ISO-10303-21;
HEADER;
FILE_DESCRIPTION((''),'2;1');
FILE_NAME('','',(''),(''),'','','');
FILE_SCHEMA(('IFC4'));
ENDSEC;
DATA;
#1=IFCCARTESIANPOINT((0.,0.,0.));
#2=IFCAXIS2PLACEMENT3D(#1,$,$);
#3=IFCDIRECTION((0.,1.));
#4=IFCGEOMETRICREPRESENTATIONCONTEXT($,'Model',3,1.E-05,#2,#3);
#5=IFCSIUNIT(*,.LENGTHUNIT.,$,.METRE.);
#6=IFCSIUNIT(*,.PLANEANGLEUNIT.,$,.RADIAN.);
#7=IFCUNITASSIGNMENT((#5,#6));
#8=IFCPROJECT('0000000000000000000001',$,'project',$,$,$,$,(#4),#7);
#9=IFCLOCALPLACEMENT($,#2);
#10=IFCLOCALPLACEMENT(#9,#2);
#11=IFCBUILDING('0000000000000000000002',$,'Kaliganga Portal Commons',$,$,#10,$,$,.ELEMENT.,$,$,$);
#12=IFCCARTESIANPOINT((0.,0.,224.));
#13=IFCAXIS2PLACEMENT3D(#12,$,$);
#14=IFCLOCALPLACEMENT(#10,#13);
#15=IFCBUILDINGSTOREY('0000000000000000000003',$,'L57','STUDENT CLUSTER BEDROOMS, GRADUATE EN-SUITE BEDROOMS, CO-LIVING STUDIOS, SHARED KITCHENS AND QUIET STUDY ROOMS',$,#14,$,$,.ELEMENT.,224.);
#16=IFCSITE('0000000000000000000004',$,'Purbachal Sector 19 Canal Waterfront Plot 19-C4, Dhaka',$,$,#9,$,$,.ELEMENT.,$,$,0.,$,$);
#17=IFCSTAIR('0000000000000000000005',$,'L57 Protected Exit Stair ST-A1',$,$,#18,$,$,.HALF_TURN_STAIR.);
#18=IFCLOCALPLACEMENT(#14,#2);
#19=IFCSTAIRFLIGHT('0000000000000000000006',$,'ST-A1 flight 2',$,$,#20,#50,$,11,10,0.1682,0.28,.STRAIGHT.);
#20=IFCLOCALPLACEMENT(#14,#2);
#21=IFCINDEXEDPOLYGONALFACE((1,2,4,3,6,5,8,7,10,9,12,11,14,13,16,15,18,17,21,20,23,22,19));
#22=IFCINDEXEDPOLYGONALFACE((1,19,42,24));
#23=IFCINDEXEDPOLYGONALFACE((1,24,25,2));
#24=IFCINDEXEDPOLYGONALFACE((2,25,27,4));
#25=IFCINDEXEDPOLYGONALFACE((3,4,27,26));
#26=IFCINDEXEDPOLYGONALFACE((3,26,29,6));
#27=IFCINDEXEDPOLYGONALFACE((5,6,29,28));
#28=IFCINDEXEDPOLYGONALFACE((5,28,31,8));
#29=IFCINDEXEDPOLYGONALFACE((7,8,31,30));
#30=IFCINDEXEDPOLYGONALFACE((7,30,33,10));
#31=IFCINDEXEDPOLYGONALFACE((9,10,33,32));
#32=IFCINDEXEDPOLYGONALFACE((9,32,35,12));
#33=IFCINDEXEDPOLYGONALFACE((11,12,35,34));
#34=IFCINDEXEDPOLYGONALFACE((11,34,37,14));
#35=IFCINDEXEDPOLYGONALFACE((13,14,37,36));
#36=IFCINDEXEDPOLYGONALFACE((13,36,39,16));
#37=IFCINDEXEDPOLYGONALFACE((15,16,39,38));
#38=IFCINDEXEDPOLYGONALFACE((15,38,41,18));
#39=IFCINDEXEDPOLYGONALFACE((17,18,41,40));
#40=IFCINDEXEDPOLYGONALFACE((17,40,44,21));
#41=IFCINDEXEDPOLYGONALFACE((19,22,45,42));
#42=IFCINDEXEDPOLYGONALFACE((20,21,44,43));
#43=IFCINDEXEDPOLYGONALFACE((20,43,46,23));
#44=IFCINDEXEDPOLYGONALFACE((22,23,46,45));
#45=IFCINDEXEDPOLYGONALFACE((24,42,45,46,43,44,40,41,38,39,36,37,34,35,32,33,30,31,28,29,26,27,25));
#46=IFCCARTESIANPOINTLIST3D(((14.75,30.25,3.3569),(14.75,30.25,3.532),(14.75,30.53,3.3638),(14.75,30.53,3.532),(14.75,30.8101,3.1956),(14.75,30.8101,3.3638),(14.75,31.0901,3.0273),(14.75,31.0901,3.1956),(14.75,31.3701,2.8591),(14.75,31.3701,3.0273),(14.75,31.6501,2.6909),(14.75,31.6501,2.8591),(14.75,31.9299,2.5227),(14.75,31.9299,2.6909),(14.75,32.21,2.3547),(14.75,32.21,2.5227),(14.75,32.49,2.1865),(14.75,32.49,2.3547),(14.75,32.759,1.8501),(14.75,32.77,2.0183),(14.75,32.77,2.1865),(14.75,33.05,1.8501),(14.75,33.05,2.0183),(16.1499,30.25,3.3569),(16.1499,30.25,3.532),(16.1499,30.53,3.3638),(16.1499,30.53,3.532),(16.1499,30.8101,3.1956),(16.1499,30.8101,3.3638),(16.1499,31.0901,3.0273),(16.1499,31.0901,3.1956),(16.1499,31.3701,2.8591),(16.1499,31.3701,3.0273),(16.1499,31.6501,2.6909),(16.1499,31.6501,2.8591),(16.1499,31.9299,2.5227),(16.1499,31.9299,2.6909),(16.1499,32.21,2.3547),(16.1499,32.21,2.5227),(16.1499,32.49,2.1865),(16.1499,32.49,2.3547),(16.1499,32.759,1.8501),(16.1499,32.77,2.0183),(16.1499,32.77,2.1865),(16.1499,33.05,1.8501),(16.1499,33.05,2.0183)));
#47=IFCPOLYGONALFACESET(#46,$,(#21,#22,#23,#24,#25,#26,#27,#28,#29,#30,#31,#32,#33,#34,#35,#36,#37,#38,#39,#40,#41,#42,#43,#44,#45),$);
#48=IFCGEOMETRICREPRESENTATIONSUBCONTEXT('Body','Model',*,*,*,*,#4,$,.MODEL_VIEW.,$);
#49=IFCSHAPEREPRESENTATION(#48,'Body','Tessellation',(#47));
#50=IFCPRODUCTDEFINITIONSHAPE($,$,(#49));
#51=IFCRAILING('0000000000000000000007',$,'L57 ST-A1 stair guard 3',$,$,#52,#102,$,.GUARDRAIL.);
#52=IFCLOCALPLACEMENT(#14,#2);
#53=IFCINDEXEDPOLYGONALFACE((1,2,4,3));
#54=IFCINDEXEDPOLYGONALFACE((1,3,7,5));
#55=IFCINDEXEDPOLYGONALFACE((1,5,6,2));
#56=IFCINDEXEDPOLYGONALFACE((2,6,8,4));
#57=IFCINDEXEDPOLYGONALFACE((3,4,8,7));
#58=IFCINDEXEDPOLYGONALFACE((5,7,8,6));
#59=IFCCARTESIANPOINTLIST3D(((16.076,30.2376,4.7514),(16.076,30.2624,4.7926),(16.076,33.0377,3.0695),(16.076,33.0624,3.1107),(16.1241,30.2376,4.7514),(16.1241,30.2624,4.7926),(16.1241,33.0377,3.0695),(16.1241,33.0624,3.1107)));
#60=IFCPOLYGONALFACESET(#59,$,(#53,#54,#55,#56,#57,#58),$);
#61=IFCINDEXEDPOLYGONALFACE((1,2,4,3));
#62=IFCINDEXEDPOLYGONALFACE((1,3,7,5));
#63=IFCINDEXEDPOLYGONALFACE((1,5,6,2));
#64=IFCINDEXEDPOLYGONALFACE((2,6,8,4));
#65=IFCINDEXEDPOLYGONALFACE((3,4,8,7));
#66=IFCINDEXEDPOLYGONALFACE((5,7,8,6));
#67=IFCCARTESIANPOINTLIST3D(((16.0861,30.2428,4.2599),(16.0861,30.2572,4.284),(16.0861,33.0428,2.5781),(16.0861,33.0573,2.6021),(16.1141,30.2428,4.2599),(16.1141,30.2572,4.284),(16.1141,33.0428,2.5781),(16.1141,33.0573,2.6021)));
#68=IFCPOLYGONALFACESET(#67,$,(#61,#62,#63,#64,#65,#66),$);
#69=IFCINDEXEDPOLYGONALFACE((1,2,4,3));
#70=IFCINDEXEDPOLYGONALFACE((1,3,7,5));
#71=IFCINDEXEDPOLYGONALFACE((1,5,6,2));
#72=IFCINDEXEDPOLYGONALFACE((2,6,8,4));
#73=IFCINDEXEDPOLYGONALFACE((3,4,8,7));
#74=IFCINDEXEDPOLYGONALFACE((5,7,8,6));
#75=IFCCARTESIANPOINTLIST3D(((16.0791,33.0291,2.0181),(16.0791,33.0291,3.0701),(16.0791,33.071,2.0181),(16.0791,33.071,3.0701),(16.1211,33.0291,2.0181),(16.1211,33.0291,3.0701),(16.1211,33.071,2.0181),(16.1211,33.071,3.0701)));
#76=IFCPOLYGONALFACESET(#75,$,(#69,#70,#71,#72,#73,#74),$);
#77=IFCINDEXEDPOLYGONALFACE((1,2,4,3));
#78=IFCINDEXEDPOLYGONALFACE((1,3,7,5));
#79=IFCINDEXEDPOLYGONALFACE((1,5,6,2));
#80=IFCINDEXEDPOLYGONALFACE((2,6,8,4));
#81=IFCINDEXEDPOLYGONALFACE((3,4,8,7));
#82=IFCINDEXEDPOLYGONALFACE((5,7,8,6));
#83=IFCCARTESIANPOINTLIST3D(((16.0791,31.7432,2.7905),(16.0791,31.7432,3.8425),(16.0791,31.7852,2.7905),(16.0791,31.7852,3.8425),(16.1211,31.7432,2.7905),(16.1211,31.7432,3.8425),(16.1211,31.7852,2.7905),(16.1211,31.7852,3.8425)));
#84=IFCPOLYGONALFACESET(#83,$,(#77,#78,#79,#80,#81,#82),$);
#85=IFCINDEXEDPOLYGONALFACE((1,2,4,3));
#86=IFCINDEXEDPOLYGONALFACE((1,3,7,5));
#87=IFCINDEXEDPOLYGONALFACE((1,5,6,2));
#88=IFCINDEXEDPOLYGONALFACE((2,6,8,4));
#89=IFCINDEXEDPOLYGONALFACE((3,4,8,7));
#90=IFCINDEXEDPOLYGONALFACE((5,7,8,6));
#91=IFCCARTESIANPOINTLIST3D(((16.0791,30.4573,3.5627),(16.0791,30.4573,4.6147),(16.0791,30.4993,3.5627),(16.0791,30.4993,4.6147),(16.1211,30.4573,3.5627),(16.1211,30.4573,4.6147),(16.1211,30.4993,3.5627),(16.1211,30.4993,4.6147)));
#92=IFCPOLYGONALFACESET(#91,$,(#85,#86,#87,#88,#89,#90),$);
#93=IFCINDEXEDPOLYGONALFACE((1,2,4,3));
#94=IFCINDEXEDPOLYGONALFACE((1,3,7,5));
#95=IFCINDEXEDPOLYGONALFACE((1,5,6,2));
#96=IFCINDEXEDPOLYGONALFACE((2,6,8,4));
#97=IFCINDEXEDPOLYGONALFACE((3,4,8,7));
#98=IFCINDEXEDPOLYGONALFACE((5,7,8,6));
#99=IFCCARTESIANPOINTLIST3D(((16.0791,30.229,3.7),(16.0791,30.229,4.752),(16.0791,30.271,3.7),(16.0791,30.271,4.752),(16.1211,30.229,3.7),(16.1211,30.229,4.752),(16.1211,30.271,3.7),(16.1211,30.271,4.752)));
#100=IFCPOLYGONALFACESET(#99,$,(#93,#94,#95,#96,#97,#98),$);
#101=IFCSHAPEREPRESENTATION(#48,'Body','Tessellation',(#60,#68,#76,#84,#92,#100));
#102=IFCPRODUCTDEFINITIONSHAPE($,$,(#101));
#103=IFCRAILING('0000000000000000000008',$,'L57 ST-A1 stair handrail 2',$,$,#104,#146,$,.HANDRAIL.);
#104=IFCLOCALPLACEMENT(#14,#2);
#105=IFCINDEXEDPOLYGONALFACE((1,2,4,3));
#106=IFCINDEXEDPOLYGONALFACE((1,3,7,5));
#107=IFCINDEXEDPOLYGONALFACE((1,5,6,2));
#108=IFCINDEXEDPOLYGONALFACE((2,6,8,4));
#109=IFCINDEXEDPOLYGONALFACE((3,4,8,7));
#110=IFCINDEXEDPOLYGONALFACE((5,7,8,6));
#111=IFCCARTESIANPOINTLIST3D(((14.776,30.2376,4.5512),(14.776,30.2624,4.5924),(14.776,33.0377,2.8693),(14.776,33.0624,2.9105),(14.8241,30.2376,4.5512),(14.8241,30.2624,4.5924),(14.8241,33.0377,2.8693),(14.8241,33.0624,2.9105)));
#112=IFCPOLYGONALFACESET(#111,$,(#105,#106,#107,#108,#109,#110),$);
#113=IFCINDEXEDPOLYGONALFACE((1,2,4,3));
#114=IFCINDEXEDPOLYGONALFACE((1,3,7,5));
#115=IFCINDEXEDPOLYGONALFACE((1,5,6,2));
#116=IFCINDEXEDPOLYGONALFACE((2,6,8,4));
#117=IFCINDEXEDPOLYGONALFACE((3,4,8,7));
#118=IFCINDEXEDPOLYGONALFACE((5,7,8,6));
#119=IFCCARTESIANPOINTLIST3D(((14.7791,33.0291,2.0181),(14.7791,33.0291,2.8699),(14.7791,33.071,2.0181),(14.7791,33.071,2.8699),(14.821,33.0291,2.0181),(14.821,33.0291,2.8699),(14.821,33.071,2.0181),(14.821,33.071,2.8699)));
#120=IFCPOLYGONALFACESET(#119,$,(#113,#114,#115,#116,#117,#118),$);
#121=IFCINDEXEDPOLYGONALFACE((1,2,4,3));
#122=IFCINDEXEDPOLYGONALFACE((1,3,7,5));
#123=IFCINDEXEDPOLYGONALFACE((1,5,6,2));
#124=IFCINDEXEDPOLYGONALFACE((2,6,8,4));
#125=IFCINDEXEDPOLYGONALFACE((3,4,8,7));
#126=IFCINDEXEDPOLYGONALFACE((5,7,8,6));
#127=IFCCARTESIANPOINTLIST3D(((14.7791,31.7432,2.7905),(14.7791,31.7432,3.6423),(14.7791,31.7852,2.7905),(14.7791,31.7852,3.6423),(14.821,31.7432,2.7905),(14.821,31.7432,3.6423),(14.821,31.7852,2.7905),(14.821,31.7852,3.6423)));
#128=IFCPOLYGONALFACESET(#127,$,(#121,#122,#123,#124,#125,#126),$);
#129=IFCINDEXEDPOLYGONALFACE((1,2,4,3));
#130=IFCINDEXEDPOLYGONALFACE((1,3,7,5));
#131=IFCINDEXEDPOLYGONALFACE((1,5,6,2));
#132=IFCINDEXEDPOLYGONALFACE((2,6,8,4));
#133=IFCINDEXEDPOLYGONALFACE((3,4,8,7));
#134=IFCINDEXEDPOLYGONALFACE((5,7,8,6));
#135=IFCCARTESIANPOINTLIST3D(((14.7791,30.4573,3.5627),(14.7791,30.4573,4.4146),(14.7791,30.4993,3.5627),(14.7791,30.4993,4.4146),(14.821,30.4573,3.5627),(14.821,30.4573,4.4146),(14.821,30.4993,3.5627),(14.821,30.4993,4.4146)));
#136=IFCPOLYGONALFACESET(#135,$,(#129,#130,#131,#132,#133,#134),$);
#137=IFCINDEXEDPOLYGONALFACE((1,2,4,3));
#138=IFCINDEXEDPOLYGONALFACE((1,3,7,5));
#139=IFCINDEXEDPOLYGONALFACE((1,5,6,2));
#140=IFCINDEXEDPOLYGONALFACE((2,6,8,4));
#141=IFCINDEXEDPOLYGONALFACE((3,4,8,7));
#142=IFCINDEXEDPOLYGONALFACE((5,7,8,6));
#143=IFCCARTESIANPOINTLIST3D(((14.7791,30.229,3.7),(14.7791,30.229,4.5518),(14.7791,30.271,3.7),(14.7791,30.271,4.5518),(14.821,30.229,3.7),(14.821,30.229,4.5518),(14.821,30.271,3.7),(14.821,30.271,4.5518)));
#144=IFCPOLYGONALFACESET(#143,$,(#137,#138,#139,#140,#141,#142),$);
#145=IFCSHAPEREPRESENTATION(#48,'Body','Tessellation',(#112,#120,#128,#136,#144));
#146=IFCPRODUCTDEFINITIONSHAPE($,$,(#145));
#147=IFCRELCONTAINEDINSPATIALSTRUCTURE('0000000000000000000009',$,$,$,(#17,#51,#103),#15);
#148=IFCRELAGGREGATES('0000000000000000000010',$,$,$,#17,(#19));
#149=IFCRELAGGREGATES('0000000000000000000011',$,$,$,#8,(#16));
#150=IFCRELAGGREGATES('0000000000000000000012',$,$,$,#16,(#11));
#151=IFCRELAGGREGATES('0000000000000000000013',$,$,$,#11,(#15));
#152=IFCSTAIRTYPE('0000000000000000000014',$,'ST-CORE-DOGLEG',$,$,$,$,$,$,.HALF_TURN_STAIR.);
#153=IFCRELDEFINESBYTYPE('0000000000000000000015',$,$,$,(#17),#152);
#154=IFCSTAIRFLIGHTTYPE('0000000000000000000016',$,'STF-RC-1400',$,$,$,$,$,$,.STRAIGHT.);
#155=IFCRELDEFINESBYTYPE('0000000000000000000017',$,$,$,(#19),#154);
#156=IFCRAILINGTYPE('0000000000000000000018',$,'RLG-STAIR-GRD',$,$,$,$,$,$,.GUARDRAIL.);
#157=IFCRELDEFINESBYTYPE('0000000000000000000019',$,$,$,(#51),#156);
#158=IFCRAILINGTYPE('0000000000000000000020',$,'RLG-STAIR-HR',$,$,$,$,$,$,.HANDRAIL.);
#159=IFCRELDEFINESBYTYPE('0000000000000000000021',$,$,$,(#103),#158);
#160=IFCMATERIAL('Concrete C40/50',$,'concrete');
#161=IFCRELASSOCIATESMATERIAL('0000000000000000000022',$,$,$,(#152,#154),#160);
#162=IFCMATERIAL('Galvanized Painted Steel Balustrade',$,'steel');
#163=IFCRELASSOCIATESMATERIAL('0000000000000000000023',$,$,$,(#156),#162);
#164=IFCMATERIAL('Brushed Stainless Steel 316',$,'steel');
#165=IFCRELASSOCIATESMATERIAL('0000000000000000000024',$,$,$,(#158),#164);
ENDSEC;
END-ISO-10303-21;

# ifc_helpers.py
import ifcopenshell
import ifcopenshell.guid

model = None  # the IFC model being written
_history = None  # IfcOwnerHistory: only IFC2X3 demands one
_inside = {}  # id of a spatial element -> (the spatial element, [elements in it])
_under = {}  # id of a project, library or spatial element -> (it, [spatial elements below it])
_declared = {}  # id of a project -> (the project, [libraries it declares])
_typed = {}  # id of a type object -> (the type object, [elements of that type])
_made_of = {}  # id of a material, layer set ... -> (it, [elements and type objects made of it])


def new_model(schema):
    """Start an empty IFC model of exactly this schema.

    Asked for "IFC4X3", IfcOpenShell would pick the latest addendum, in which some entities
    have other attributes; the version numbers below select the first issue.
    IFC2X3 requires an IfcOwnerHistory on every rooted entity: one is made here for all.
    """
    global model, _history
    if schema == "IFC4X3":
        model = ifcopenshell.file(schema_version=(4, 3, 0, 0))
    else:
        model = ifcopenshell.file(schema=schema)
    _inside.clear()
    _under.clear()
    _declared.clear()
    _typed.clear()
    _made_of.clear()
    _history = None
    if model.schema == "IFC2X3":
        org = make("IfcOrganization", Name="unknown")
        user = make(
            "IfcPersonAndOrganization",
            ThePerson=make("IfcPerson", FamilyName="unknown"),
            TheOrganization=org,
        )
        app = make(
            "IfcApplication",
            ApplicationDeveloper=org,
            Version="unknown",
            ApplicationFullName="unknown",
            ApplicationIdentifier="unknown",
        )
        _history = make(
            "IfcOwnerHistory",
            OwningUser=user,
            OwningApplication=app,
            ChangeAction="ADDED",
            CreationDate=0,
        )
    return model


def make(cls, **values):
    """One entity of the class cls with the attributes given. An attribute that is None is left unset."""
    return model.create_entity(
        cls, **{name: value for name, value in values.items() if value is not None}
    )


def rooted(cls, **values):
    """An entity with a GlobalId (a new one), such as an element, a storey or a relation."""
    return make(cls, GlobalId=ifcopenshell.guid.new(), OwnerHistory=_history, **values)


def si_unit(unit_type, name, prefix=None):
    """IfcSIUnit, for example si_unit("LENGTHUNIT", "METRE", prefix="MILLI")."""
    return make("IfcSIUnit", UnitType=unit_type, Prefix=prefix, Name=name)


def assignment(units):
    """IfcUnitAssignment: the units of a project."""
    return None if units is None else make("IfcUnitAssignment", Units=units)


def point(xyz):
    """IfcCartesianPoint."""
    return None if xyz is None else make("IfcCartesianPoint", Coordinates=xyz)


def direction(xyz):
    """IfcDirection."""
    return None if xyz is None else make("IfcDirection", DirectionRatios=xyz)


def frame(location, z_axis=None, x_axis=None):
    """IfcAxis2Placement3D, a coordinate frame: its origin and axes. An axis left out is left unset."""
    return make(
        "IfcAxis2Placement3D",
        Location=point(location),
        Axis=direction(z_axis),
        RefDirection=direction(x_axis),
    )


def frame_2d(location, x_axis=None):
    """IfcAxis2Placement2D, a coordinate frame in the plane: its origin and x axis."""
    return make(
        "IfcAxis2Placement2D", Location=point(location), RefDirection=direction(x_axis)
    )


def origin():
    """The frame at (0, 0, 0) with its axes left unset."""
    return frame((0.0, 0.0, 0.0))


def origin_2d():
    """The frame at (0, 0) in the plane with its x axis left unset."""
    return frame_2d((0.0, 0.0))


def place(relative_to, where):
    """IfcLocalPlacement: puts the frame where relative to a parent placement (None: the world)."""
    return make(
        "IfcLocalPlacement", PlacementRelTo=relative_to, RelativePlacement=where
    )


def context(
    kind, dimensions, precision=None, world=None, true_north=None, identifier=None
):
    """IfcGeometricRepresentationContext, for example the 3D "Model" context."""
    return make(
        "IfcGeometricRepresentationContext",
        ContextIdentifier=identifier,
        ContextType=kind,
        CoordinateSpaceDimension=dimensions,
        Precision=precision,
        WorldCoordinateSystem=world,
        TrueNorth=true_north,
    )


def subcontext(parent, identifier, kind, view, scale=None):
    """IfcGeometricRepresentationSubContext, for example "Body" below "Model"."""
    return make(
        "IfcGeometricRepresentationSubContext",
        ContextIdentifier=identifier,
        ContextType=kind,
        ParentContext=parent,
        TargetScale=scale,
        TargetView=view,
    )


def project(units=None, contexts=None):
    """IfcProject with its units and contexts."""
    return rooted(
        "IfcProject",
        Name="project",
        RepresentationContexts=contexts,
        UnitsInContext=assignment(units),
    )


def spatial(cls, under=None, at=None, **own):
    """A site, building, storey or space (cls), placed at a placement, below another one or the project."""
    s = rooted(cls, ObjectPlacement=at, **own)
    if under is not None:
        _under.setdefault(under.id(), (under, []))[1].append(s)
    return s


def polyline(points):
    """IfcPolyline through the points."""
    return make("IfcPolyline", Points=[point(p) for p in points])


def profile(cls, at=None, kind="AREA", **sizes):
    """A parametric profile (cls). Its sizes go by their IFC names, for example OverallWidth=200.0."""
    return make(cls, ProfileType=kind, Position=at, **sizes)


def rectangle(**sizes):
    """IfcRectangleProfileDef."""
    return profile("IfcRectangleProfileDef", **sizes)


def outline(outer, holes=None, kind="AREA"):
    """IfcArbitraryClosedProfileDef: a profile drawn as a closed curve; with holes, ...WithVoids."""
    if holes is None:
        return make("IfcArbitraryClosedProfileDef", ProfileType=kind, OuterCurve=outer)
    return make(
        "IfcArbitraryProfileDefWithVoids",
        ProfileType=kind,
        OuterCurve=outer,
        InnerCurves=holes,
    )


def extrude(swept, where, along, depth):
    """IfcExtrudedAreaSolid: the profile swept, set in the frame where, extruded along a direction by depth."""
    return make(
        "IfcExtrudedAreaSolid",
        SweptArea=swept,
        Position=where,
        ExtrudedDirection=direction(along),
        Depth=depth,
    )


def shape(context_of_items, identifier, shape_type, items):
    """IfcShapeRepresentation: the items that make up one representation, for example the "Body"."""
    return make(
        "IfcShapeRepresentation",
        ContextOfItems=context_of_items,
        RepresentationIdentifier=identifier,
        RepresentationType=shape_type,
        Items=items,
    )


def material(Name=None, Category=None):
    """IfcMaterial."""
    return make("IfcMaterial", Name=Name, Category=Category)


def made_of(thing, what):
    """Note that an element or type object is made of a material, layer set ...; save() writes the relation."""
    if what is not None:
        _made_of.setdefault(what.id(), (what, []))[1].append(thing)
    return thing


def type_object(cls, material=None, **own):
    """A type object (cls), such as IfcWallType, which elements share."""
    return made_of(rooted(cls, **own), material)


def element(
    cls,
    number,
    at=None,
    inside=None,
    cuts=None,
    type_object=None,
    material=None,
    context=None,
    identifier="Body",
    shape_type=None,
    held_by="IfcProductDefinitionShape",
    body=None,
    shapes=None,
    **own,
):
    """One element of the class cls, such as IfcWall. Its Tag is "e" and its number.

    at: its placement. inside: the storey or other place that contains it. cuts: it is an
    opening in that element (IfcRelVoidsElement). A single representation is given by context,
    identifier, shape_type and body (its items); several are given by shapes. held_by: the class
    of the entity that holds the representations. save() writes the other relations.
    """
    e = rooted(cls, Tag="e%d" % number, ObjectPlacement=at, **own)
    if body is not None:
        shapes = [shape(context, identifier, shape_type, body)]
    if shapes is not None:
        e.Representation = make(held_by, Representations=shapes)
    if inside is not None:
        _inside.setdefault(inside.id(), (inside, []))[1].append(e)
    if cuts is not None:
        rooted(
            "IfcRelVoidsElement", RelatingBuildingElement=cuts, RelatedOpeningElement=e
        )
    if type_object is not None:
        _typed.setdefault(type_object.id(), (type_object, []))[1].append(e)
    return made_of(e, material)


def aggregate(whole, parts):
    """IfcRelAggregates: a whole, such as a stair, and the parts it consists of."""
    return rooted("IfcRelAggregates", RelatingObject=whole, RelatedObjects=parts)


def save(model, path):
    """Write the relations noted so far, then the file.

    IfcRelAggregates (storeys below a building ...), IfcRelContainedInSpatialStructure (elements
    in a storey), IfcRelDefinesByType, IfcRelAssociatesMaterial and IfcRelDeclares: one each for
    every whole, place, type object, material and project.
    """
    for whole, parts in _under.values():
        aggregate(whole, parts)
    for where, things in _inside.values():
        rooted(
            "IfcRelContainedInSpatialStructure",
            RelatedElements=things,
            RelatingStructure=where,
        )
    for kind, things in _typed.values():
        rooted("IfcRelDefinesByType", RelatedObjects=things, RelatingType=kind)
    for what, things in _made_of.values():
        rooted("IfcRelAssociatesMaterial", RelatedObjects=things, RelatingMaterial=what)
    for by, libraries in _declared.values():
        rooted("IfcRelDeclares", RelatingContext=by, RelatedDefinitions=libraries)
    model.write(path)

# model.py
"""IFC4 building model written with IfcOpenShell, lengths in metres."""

from ifc_helpers import new_model, si_unit, direction, frame, origin, origin_2d, place, context, subcontext, project, spatial, polyline, rectangle, outline, extrude, material, type_object, element, aggregate, save


model = new_model("IFC4")

# Units and contexts
model_context = context("Model", 3, precision=1e-05, world=origin(), true_north=direction((0.0, 1.0)))
body_context = subcontext(model_context, "Body", "Model", "MODEL_VIEW")
ifc_project = project(units=[si_unit("LENGTHUNIT", "METRE"), si_unit("PLANEANGLEUNIT", "RADIAN")], contexts=[model_context])

# Site, building, storey
site_placement = place(None, origin())
site = spatial("IfcSite", under=ifc_project, at=site_placement, Name="Purbachal Sector 19 Canal Waterfront Plot 19-C4, Dhaka", CompositionType="ELEMENT", RefElevation=0.0)
building_placement = place(site_placement, origin())
building = spatial("IfcBuilding", under=site, at=building_placement, Name="Kaliganga Portal Commons", CompositionType="ELEMENT")
storey_placement = place(building_placement, frame((0.0, 0.0, 224.0)))
storey = spatial("IfcBuildingStorey", under=building, at=storey_placement, Name="L57", Description="STUDENT CLUSTER BEDROOMS, GRADUATE EN-SUITE BEDROOMS, CO-LIVING STUDIOS, SHARED KITCHENS AND QUIET STUDY ROOMS", CompositionType="ELEMENT", Elevation=224.0)

# Stair, stair flight
ifc_material_1 = material(Name="Concrete C40/50", Category="concrete")
stair_type = type_object("IfcStairType", Name="ST-CORE-DOGLEG", PredefinedType="HALF_TURN_STAIR", material=ifc_material_1)
stair_placement = place(storey_placement, origin())
stair = element("IfcStair", 1, at=stair_placement, inside=storey, type_object=stair_type, Name="L57 Protected Exit Stair ST-A1", PredefinedType="HALF_TURN_STAIR")
stair_flight_type = type_object("IfcStairFlightType", Name="STF-RC-1400", PredefinedType="STRAIGHT", material=ifc_material_1)
stair_flight_placement = place(storey_placement, frame((15.45, 33.05, 1.8501), z_axis=(0.0, 0.0, 1.0), x_axis=(0.0, -1.0, 0.0)))
stair_flight = element("IfcStairFlight", 2, at=stair_flight_placement, type_object=stair_flight_type, Name="ST-A1 flight 2", NumberOfRisers=11, NumberOfTreads=10, PredefinedType="STRAIGHT", RiserHeight=0.1682, TreadLength=0.28, context=body_context, shape_type="SweptSolid", body=[
    extrude(outline(polyline([(0.0, 0.0), (0.0, 0.1682), (0.28, 0.1682), (0.28, 0.3364), (0.5601, 0.3364), (0.5601, 0.5046), (0.8401, 0.5046), (0.8401, 0.6726), (1.1201, 0.6726), (1.1201, 0.8408), (1.3999, 0.8408), (1.3999, 1.009), (1.6799, 1.009), (1.6799, 1.1772), (1.96, 1.1772), (1.96, 1.3455), (2.24, 1.3455), (2.24, 1.5137), (2.52, 1.5137), (2.52, 1.6819), (2.8, 1.6819), (2.8, 1.8501), (2.8, 1.5068), (0.291, 0.0), (0.0, 0.0)])), frame((0.0, 0.7, 0.0), z_axis=(0.0, -1.0, 0.0), x_axis=(1.0, 0.0, 0.0)), (0.0, 0.0, 1.0), 1.3999),
])
aggregate(stair, [stair_flight])

# Railings
ifc_material_2 = material(Name="Galvanized Painted Steel Balustrade", Category="steel")
railing_type_1 = type_object("IfcRailingType", Name="RLG-STAIR-GRD", PredefinedType="GUARDRAIL", material=ifc_material_2)
railing_1_placement = place(storey_placement, frame((16.1001, 33.05, 2.0181)))
element("IfcRailing", 3, at=railing_1_placement, inside=storey, type_object=railing_type_1, Name="L57 ST-A1 stair guard 3", PredefinedType="GUARDRAIL", context=body_context, shape_type="SweptSolid", body=[
    extrude(rectangle(XDim=0.0481, YDim=0.0481, at=origin_2d()), frame((0.0, 0.0, 1.072), z_axis=(0.0, -0.857242, 0.514913), x_axis=(1.0, 0.0, 0.0)), (0.0, 0.0, 1.0), 3.2664),
    extrude(rectangle(XDim=0.0281, YDim=0.0281, at=origin_2d()), frame((0.0, 0.0, 0.572), z_axis=(0.0, -0.857242, 0.514913), x_axis=(1.0, 0.0, 0.0)), (0.0, 0.0, 1.0), 3.2664),
    extrude(rectangle(XDim=0.042, YDim=0.042, at=origin_2d()), origin(), (0.0, 0.0, 1.0), 1.052),
    extrude(rectangle(XDim=0.042, YDim=0.042, at=origin_2d()), frame((0.0, -1.2859, 0.7725)), (0.0, 0.0, 1.0), 1.052),
    extrude(rectangle(XDim=0.042, YDim=0.042, at=origin_2d()), frame((0.0, -2.5718, 1.5447)), (0.0, 0.0, 1.0), 1.052),
    extrude(rectangle(XDim=0.042, YDim=0.042, at=origin_2d()), frame((0.0, -2.8, 1.6819)), (0.0, 0.0, 1.0), 1.052),
])
ifc_material_3 = material(Name="Brushed Stainless Steel 316", Category="steel")
railing_type_2 = type_object("IfcRailingType", Name="RLG-STAIR-HR", PredefinedType="HANDRAIL", material=ifc_material_3)
railing_2_placement = place(storey_placement, frame((14.8, 33.05, 2.0181)))
element("IfcRailing", 4, at=railing_2_placement, inside=storey, type_object=railing_type_2, Name="L57 ST-A1 stair handrail 2", PredefinedType="HANDRAIL", context=body_context, shape_type="SweptSolid", body=[
    extrude(rectangle(XDim=0.0481, YDim=0.0481, at=origin_2d()), frame((0.0, 0.0, 0.8718), z_axis=(0.0, -0.857242, 0.514913), x_axis=(1.0, 0.0, 0.0)), (0.0, 0.0, 1.0), 3.2664),
    extrude(rectangle(XDim=0.042, YDim=0.042, at=origin_2d()), origin(), (0.0, 0.0, 1.0), 0.8518),
    extrude(rectangle(XDim=0.042, YDim=0.042, at=origin_2d()), frame((0.0, -1.2859, 0.7725)), (0.0, 0.0, 1.0), 0.8518),
    extrude(rectangle(XDim=0.042, YDim=0.042, at=origin_2d()), frame((0.0, -2.5718, 1.5447)), (0.0, 0.0, 1.0), 0.8518),
    extrude(rectangle(XDim=0.042, YDim=0.042, at=origin_2d()), frame((0.0, -2.8, 1.6819)), (0.0, 0.0, 1.0), 0.8518),
])

save(model, "model.ifc")
